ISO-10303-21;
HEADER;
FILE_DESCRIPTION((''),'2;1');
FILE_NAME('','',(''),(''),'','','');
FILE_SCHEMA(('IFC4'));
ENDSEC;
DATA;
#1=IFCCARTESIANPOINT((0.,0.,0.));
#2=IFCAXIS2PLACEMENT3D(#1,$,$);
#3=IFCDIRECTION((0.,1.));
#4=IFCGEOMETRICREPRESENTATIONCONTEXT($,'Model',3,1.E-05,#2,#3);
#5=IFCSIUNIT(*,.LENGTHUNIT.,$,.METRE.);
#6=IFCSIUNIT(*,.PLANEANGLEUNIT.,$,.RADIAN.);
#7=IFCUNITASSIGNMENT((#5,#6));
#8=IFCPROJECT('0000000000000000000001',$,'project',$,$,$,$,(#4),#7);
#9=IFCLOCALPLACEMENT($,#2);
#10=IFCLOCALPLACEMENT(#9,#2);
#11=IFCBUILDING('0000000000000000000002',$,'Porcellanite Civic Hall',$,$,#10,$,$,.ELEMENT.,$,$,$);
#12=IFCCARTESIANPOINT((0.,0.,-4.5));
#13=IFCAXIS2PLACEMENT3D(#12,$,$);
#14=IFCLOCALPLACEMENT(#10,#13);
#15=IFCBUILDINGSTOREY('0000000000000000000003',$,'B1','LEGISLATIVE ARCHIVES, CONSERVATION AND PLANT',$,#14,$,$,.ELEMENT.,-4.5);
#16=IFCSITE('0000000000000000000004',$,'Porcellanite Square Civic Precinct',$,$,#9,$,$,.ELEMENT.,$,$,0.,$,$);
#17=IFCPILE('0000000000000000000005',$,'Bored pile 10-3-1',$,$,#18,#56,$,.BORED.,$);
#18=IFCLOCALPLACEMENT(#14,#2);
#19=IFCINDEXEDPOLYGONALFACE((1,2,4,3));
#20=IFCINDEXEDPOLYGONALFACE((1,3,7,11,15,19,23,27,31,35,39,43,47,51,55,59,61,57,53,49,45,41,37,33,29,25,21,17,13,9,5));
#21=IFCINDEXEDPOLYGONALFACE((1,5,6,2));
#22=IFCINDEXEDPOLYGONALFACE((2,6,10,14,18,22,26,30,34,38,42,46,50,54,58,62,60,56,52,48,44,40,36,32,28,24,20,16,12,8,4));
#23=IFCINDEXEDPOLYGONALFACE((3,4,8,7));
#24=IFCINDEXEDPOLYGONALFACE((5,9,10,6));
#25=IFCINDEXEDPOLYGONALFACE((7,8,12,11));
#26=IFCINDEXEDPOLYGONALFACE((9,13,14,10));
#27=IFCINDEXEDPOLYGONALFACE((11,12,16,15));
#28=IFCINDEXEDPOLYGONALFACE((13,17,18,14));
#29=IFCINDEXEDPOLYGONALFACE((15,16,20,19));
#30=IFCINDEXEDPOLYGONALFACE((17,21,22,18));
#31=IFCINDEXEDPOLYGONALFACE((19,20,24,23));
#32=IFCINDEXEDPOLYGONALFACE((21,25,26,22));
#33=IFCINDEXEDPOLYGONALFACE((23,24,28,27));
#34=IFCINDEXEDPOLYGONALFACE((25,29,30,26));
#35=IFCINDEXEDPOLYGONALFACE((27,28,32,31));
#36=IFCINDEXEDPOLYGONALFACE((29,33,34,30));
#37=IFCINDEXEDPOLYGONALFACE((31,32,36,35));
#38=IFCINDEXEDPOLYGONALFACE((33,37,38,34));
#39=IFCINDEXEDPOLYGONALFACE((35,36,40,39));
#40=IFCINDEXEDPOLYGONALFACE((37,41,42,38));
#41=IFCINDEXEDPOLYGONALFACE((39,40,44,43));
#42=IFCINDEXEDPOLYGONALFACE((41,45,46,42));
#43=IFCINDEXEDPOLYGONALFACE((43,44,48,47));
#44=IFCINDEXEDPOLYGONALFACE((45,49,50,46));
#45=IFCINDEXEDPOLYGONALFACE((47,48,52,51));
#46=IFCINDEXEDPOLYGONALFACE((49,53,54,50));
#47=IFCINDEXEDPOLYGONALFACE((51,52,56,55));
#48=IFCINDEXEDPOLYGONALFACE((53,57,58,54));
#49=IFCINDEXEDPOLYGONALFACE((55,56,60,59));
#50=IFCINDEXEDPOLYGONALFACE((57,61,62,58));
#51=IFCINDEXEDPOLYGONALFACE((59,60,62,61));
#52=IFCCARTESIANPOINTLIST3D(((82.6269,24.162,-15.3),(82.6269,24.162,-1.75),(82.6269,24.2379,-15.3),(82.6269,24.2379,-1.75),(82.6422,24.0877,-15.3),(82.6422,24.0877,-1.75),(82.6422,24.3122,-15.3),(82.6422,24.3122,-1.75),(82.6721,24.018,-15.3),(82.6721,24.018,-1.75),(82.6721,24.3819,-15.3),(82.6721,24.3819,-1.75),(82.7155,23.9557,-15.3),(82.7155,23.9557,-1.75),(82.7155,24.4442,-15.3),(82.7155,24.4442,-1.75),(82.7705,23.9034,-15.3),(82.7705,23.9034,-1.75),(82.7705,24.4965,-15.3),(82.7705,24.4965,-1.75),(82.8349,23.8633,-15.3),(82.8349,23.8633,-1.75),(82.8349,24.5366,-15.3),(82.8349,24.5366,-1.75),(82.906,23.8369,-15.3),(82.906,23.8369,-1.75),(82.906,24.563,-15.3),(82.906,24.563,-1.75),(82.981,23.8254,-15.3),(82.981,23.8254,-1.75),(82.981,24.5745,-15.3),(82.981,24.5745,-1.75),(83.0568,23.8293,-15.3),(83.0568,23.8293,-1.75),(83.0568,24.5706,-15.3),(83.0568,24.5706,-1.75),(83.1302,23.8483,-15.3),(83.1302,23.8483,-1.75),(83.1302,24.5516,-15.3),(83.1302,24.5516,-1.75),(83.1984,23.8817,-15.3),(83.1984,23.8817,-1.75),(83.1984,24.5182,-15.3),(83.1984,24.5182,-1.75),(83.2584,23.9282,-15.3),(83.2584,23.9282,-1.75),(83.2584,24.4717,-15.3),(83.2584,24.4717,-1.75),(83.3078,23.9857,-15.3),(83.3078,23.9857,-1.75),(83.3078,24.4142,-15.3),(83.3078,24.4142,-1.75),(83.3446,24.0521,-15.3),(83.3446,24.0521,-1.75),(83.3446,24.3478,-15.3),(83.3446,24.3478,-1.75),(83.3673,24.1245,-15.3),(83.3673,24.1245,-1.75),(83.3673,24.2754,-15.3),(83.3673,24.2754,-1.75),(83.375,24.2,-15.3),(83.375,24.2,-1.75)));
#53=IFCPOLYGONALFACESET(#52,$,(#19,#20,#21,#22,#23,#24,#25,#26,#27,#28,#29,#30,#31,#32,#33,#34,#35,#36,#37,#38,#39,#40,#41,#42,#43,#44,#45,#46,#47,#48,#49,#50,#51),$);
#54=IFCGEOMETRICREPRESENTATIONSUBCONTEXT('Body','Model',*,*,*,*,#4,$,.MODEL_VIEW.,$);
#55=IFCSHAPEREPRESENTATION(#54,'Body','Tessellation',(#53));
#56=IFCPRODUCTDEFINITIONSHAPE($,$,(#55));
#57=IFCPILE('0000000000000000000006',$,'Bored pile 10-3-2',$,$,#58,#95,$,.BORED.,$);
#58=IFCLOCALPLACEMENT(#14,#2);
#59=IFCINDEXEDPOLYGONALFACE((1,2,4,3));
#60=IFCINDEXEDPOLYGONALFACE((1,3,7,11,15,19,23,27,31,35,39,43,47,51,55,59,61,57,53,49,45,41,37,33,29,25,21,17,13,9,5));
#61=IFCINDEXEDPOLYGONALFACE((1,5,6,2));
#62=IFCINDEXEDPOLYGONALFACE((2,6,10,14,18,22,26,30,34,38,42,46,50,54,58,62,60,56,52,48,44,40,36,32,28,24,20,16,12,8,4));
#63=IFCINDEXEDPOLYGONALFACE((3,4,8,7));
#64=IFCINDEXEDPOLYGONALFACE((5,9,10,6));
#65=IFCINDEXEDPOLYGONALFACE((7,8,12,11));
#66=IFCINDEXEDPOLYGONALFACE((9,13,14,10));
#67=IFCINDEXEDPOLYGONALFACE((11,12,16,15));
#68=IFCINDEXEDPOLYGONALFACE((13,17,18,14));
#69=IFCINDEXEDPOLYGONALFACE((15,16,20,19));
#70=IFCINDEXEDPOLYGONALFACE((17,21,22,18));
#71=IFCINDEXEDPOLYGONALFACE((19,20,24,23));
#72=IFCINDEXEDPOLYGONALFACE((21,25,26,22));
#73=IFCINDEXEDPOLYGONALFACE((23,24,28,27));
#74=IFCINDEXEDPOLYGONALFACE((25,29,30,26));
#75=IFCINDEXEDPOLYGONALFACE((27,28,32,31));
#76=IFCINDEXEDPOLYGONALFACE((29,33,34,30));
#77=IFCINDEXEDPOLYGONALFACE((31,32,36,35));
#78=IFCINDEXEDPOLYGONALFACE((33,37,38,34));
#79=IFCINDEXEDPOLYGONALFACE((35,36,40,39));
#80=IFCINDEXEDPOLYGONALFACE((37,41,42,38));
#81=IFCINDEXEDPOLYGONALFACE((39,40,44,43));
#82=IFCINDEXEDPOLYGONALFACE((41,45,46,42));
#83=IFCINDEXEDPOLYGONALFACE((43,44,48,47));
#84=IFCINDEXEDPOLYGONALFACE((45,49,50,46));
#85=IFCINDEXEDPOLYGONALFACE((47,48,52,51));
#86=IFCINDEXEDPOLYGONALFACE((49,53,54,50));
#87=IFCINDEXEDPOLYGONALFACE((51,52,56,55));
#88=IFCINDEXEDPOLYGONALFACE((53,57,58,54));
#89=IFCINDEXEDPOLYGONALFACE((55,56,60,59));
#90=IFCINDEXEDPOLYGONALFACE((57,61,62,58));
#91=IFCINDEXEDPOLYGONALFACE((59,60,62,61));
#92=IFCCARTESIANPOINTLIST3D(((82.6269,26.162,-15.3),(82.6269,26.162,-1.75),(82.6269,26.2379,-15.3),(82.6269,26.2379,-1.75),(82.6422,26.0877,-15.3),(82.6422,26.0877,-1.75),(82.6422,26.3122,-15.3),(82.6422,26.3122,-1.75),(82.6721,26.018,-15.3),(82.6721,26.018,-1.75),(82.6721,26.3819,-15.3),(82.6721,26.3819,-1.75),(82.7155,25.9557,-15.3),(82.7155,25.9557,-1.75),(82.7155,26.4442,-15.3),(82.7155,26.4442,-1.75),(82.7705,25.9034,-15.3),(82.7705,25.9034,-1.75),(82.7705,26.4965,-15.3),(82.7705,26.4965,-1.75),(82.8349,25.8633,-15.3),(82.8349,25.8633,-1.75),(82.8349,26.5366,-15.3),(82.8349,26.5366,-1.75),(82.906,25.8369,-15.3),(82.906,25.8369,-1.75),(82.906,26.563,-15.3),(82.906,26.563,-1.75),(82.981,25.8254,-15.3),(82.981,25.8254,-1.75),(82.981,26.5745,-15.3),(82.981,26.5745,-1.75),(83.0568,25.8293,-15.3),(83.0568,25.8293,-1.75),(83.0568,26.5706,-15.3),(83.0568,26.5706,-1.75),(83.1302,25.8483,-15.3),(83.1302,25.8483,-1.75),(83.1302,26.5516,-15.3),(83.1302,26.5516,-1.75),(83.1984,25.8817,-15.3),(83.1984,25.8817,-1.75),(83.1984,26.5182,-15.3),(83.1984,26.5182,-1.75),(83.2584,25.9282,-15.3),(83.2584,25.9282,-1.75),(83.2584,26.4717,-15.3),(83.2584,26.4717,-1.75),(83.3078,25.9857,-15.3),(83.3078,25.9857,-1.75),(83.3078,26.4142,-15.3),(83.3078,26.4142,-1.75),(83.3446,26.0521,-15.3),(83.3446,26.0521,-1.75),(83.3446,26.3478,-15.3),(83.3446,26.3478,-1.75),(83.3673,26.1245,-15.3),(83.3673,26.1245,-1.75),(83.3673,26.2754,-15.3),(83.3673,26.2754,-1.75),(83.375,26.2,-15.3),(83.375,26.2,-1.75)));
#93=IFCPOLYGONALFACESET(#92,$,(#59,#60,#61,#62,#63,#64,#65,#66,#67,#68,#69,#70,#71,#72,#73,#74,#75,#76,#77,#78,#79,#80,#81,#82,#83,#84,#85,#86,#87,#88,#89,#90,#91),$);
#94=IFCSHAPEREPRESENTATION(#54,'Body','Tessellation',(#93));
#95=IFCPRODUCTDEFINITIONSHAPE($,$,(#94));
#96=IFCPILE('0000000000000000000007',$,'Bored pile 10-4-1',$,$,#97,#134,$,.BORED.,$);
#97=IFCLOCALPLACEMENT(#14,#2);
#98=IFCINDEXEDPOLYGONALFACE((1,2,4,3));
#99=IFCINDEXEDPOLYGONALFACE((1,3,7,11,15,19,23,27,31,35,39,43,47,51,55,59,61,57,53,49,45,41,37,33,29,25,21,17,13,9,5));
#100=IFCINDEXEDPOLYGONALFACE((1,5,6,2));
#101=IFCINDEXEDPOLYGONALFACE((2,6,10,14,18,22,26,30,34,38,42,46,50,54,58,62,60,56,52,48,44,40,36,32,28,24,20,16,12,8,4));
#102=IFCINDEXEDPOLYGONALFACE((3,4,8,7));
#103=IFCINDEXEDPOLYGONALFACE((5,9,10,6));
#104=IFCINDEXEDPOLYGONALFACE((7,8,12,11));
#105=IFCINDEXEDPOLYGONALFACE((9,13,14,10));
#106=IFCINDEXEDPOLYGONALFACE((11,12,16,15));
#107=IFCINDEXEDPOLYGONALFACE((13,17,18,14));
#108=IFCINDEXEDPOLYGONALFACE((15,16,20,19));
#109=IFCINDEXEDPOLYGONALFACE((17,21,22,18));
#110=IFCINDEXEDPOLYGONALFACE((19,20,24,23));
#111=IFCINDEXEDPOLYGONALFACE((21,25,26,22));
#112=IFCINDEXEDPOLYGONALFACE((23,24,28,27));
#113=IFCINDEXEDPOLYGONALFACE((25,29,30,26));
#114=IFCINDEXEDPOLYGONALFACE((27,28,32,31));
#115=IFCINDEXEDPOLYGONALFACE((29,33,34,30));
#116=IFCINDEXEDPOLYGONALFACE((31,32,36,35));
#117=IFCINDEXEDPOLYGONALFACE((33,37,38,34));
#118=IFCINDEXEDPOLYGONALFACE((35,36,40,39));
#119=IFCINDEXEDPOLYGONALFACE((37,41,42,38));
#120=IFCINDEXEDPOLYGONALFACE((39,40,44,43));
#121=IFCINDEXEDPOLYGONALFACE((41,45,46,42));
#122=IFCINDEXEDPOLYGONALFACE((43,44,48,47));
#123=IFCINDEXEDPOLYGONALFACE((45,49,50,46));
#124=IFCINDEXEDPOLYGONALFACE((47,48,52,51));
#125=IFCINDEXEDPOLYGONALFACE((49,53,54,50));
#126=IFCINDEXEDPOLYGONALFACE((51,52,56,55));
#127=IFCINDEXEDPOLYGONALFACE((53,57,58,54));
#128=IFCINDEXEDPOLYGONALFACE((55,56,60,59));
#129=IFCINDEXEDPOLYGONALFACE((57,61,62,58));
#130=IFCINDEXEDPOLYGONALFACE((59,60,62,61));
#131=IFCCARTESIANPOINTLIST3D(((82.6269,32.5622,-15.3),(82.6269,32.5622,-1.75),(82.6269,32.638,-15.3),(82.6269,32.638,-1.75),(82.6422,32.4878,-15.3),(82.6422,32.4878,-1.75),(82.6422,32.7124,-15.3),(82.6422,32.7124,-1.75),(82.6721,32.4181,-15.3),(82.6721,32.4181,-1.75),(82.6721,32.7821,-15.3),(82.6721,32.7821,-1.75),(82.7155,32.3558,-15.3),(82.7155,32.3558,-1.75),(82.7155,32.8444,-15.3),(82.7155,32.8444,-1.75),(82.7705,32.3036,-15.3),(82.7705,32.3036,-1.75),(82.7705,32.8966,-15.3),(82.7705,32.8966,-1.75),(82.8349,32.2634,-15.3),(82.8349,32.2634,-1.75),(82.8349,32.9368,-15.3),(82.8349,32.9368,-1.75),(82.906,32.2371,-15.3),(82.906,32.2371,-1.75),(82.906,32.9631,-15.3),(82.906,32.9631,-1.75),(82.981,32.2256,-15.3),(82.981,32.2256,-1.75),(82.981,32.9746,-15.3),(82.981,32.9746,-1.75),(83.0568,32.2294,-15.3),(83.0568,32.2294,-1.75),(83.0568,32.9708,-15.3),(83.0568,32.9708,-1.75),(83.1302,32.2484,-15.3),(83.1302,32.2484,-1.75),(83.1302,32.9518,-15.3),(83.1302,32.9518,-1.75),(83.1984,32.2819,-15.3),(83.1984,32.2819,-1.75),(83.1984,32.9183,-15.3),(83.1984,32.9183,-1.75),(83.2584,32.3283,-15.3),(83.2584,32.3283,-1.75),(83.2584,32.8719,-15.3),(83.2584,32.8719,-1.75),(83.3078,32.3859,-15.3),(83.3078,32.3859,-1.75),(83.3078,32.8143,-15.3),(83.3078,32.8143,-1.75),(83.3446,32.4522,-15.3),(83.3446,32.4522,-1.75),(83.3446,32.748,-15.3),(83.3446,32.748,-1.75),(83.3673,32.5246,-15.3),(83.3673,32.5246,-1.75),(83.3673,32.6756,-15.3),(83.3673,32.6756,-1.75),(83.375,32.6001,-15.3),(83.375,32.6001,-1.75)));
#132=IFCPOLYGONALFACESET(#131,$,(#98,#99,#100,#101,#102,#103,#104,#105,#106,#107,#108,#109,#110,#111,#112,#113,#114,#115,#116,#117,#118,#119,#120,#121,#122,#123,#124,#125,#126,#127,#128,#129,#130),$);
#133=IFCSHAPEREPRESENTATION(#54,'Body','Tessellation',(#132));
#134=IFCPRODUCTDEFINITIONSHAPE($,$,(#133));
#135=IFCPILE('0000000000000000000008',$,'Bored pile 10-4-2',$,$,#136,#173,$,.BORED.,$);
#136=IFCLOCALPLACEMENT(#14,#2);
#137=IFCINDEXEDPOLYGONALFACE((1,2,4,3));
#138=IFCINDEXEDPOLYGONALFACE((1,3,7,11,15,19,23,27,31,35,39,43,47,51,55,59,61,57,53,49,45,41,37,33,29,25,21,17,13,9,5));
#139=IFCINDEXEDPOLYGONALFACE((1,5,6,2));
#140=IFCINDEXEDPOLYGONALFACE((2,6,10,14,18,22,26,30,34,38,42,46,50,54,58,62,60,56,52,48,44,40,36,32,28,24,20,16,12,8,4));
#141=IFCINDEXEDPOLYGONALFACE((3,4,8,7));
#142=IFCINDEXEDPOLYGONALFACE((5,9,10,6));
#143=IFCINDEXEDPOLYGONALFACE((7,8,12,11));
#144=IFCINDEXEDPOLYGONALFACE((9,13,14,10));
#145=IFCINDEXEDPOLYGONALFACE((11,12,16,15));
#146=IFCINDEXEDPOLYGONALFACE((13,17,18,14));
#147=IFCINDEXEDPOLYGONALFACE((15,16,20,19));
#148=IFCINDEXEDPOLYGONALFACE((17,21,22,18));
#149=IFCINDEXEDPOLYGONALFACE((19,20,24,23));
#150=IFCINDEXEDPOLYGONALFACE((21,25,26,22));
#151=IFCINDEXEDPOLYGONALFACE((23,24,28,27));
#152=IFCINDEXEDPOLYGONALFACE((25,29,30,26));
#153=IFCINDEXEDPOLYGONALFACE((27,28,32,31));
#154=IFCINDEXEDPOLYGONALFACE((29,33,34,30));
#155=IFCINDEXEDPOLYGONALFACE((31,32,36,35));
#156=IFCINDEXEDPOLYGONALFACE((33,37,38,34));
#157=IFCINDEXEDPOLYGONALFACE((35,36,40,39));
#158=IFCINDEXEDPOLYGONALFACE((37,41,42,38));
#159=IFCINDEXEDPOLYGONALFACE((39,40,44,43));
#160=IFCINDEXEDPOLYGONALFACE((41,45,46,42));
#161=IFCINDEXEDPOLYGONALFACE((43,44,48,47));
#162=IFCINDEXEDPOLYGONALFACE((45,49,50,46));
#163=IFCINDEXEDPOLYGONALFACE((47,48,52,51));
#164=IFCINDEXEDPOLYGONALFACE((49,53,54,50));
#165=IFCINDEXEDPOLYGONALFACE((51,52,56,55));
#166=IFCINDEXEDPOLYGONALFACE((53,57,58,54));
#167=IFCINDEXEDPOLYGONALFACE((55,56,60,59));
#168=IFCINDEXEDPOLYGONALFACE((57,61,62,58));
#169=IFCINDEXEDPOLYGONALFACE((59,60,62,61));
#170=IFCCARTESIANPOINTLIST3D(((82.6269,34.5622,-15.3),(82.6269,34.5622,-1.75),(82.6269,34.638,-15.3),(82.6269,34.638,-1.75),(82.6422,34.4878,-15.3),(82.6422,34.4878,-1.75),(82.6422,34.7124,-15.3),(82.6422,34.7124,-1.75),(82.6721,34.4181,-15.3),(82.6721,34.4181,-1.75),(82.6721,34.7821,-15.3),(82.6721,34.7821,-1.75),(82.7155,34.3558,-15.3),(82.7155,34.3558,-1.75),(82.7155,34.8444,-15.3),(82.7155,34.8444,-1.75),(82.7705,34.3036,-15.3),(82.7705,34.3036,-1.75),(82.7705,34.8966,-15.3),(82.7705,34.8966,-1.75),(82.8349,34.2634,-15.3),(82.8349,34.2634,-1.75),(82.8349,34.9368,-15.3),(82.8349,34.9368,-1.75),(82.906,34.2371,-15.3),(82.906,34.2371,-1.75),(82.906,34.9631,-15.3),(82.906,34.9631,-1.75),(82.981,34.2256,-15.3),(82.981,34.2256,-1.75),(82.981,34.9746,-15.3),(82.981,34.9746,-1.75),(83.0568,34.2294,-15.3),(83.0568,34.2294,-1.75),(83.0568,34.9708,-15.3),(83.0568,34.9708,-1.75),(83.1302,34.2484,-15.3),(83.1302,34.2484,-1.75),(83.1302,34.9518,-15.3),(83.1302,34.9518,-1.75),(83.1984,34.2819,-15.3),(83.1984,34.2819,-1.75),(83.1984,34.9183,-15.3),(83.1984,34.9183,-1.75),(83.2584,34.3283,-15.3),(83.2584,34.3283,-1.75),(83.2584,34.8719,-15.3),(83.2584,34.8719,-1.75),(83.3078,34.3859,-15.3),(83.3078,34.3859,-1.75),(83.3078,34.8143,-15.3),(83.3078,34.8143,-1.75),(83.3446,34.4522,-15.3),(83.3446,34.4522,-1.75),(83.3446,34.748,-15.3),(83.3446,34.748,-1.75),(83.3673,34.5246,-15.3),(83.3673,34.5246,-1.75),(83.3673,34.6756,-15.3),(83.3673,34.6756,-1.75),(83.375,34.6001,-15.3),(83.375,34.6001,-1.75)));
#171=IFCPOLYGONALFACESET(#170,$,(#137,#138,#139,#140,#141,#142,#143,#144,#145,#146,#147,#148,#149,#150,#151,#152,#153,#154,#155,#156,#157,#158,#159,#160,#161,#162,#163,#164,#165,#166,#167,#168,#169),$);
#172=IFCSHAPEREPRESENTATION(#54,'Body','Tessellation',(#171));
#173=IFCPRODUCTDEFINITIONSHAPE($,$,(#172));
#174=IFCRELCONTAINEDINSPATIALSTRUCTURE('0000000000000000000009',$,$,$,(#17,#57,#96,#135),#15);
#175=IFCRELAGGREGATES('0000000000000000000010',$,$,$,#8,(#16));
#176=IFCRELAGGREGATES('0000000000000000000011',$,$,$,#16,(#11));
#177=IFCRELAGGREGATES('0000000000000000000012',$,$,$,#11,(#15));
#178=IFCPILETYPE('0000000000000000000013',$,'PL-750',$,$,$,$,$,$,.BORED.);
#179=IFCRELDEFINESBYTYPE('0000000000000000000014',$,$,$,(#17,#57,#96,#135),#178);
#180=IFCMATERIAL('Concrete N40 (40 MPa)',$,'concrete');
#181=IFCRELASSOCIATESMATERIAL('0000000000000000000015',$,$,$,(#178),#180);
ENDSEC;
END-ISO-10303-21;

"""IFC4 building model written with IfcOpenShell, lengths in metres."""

from ifc_helpers import new_model, si_unit, direction, frame, origin, origin_2d, place, context, subcontext, project, spatial, circle, extrude, material, material_profile, profile_set, type_object, element, save


model = new_model("IFC4")

# Units and contexts
model_context = context("Model", 3, precision=1e-05, world=origin(), true_north=direction((0.0, 1.0)))
body_context = subcontext(model_context, "Body", "Model", "MODEL_VIEW")
ifc_project = project(units=[si_unit("LENGTHUNIT", "METRE"), si_unit("PLANEANGLEUNIT", "RADIAN")], contexts=[model_context])

# Site, building, storey
site_placement = place(None, origin())
site = spatial("IfcSite", under=ifc_project, at=site_placement, Name="Porcellanite Square Civic Precinct", CompositionType="ELEMENT", RefElevation=0.0)
building_placement = place(site_placement, origin())
building = spatial("IfcBuilding", under=site, at=building_placement, Name="Porcellanite Civic Hall", CompositionType="ELEMENT")
storey_placement = place(building_placement, frame((0.0, 0.0, -4.5)))
storey = spatial("IfcBuildingStorey", under=building, at=storey_placement, Name="B1", Description="LEGISLATIVE ARCHIVES, CONSERVATION AND PLANT", CompositionType="ELEMENT", Elevation=-4.5)

# Piles
ifc_material_1 = material(Name="Concrete N40 (40 MPa)", Category="concrete")
ifc_material_profile_1 = material_profile(ifc_material_1, circle(Radius=0.375, at=origin_2d()), Name="PILE-D750")
ifc_profile_set_1 = profile_set([ifc_material_profile_1], Name="Concrete N40 (40 MPa)")
pile_type_1 = type_object("IfcPileType", Name="PL-750", PredefinedType="BORED", material=ifc_profile_set_1)
for number, where, z_axis, x_axis, name in (
    (1, (83.0, 24.2, -1.75), (0.0, 0.0, -1.0), (1.0, 0.0, 0.0), "Bored pile 10-3-1"),
    (2, (83.0, 26.2, -1.75), (0.0, 0.0, -1.0), (1.0, 0.0, 0.0), "Bored pile 10-3-2"),
    (3, (83.0, 32.6001, -1.75), (0.0, 0.0, -1.0), (1.0, 0.0, 0.0), "Bored pile 10-4-1"),
    (4, (83.0, 34.6001, -1.75), (0.0, 0.0, -1.0), (1.0, 0.0, 0.0), "Bored pile 10-4-2"),
):
    element("IfcPile", number, at=place(storey_placement, frame(where, z_axis=z_axis, x_axis=x_axis)), inside=storey, type_object=pile_type_1, Name=name, PredefinedType="BORED", context=body_context, shape_type="SweptSolid", body=[
        extrude(circle(Radius=0.375, at=origin_2d()), origin(), (0.0, 0.0, 1.0), 13.55),
    ])

save(model, "model.ifc")
